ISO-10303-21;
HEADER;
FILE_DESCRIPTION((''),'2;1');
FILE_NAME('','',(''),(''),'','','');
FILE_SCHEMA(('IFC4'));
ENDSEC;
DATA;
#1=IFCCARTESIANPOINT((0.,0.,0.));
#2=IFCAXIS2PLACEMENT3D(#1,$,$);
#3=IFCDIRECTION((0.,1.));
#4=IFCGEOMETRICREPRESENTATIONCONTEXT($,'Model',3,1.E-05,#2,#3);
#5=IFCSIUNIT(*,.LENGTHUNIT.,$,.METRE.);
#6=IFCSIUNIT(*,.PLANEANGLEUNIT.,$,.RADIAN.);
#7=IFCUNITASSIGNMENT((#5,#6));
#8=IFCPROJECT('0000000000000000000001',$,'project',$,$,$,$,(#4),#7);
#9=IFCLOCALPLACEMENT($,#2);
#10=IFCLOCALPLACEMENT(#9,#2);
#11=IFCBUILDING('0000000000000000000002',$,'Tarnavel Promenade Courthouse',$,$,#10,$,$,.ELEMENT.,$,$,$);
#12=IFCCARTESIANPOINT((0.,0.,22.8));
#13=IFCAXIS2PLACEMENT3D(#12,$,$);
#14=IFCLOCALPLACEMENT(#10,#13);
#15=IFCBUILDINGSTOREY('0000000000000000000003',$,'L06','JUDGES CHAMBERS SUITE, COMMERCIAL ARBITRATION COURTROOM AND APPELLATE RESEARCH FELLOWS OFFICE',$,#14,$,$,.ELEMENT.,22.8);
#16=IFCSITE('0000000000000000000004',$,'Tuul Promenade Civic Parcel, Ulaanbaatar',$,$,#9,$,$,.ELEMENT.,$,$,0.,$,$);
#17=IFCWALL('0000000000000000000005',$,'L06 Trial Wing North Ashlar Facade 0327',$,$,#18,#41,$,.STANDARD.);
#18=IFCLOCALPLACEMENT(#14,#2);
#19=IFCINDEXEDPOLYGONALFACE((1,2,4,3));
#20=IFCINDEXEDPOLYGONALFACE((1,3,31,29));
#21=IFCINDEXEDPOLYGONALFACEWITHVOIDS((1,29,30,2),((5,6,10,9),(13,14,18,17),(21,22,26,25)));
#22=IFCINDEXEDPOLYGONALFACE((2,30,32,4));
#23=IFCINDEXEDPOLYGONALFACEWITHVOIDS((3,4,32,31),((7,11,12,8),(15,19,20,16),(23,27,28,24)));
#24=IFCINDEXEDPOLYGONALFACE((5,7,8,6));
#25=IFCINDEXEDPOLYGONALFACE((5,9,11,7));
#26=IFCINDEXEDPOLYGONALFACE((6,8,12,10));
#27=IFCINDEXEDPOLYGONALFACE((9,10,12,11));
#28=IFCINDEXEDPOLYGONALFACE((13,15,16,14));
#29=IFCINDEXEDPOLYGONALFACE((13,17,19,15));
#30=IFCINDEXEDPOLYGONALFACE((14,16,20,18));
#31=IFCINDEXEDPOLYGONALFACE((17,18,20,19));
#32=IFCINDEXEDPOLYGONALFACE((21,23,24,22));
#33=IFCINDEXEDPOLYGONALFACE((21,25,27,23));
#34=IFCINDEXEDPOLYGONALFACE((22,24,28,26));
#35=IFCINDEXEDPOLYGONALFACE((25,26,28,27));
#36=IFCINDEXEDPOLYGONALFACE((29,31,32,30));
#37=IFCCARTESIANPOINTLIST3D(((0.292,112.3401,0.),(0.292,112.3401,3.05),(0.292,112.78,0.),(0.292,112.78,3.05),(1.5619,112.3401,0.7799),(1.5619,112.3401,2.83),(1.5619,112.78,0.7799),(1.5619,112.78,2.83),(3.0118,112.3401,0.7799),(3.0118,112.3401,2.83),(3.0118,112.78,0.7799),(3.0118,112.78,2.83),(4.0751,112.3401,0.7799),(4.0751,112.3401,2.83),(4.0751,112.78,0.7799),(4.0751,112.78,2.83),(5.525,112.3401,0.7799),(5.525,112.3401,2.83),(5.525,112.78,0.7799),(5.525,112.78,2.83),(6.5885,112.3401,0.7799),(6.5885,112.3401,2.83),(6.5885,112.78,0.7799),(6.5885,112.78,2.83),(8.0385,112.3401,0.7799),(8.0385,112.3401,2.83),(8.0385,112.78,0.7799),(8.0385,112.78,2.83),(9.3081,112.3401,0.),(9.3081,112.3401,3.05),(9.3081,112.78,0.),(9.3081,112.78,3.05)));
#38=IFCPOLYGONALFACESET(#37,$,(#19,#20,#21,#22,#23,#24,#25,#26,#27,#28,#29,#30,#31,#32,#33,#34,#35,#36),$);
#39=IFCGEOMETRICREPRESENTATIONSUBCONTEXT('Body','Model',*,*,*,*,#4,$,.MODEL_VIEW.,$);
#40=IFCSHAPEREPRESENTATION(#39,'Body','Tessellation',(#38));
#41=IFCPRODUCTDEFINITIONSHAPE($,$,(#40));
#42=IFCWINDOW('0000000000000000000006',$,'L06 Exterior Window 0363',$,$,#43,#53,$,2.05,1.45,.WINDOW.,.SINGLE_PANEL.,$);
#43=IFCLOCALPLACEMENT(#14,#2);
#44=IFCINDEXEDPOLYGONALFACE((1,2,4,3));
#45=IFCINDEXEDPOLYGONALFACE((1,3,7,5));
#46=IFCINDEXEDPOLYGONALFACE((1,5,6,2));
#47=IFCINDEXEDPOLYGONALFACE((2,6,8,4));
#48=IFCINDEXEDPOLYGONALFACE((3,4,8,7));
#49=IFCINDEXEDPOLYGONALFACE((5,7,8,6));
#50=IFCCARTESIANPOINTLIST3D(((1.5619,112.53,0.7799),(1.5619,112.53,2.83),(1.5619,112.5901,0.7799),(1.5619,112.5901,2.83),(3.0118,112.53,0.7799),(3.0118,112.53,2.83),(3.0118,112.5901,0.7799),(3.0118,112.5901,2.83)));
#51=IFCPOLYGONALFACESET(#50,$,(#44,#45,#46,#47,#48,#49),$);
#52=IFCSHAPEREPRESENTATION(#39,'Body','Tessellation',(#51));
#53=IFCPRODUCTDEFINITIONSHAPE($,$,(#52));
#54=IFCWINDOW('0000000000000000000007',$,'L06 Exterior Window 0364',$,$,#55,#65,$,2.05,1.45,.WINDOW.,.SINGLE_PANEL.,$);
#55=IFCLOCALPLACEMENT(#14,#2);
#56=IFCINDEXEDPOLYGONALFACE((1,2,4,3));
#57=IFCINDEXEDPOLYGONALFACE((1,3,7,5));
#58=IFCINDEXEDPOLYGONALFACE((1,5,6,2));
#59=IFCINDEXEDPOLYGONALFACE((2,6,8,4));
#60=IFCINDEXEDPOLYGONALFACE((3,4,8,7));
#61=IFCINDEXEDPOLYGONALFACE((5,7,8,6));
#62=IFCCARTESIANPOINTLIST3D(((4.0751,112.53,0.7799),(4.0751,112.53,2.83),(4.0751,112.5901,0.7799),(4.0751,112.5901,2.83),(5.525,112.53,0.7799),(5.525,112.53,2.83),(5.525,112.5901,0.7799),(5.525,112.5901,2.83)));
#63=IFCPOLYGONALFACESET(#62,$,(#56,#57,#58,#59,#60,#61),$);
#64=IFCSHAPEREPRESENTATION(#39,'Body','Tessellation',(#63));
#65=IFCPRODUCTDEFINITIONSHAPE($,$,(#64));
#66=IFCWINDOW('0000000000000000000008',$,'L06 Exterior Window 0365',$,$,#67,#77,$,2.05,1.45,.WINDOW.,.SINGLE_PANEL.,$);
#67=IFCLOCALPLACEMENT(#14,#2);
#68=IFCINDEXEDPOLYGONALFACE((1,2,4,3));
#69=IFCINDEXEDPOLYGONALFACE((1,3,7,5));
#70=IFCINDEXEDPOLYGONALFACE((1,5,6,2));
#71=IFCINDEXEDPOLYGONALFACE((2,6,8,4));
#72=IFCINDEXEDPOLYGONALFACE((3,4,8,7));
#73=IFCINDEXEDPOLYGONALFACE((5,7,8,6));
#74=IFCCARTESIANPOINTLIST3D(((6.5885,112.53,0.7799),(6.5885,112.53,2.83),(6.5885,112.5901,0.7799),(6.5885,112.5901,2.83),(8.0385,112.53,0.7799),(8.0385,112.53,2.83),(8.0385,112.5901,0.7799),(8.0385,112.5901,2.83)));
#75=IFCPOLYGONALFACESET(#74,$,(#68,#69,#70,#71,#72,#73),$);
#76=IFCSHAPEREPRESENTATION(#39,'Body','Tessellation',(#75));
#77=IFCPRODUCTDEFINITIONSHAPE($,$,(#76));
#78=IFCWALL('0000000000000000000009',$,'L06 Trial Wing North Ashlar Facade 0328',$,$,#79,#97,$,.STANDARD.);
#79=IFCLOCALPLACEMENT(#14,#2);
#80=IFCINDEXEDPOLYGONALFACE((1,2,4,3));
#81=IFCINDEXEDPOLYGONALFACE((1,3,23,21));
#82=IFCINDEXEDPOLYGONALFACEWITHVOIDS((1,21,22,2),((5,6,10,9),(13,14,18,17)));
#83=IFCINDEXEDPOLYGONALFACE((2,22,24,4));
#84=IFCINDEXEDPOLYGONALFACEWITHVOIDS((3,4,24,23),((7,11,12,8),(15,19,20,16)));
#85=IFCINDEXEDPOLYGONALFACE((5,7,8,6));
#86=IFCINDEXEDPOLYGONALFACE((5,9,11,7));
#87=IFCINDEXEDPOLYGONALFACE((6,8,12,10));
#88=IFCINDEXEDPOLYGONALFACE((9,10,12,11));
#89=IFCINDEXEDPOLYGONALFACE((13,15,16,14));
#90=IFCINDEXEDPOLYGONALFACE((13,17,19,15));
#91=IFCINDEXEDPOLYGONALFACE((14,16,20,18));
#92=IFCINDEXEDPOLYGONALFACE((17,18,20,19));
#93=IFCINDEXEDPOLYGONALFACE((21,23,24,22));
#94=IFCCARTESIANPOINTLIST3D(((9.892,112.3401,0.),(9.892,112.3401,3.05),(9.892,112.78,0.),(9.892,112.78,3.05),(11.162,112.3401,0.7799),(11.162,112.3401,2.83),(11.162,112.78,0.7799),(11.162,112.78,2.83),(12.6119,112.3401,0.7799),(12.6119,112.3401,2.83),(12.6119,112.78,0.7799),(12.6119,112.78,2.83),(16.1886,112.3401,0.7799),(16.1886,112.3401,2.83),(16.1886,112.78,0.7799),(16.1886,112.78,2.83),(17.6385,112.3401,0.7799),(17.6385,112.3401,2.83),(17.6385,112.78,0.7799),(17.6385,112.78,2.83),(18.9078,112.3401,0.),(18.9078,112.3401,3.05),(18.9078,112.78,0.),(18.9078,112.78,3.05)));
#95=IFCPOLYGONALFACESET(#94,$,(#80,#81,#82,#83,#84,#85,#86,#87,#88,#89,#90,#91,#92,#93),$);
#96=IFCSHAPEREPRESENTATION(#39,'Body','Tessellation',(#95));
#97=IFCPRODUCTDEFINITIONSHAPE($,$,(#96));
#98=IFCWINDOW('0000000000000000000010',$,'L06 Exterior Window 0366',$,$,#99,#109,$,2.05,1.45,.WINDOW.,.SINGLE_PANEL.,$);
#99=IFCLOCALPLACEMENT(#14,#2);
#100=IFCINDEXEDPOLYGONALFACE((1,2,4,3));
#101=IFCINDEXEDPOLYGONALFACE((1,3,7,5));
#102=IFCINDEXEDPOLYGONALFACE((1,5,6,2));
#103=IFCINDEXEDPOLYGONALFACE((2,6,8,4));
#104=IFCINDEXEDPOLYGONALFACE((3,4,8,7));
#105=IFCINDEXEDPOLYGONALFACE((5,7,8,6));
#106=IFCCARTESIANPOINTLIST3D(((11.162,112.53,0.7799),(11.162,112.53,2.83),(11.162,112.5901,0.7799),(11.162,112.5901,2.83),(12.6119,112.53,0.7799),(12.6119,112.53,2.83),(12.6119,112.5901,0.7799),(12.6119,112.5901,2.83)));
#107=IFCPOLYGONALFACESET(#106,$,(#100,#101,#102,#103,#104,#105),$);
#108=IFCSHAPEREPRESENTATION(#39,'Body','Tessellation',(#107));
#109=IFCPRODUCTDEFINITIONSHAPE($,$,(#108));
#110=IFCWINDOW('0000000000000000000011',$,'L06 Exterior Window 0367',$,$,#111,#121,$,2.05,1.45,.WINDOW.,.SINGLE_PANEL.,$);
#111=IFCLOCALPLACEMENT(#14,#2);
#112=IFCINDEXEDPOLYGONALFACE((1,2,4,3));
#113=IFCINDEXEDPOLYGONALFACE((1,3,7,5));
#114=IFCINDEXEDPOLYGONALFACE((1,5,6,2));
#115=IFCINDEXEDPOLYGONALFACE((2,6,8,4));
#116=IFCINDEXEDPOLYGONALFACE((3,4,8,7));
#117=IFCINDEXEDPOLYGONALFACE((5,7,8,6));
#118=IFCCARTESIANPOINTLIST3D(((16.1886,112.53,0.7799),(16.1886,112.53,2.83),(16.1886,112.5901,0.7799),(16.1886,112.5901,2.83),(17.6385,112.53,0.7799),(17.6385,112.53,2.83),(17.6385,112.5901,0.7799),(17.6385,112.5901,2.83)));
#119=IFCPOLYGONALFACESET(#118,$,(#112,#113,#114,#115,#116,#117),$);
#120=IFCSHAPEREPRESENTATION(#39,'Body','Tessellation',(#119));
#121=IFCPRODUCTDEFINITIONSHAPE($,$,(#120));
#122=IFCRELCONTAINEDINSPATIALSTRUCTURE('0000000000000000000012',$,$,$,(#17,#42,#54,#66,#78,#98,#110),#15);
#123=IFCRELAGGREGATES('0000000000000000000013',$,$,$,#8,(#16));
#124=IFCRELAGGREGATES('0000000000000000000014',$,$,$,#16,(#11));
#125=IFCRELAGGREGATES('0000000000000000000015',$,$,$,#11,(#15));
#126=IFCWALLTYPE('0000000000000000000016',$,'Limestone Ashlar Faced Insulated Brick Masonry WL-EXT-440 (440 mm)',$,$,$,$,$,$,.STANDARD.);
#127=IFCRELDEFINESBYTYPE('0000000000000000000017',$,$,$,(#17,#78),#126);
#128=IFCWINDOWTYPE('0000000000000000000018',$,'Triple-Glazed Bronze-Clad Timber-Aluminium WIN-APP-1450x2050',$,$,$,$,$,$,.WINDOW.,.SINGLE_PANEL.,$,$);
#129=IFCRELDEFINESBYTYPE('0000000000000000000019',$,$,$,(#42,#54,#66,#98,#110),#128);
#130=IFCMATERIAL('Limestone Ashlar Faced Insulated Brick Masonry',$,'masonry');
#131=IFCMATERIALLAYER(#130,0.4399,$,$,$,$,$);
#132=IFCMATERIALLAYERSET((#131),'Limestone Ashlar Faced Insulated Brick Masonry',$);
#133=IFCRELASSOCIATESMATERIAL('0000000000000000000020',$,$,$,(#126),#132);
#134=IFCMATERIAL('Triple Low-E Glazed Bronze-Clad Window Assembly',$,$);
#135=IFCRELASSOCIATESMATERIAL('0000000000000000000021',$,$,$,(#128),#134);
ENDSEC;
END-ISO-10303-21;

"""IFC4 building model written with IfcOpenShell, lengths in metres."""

from ifc_helpers import new_model, si_unit, direction, frame, frame_2d, origin, place, context, subcontext, project, spatial, rectangle, extrude, material, layer, layer_set, type_object, element, fill, save


model = new_model("IFC4")

# Units and contexts
model_context = context("Model", 3, precision=1e-05, world=origin(), true_north=direction((0.0, 1.0)))
body_context = subcontext(model_context, "Body", "Model", "MODEL_VIEW")
ifc_project = project(units=[si_unit("LENGTHUNIT", "METRE"), si_unit("PLANEANGLEUNIT", "RADIAN")], contexts=[model_context])

# Site, building, storey
site_placement = place(None, origin())
site = spatial("IfcSite", under=ifc_project, at=site_placement, Name="Tuul Promenade Civic Parcel, Ulaanbaatar", CompositionType="ELEMENT", RefElevation=0.0)
building_placement = place(site_placement, origin())
building = spatial("IfcBuilding", under=site, at=building_placement, Name="Tarnavel Promenade Courthouse", CompositionType="ELEMENT")
storey_placement = place(building_placement, frame((0.0, 0.0, 22.8)))
storey = spatial("IfcBuildingStorey", under=building, at=storey_placement, Name="L06", Description="JUDGES CHAMBERS SUITE, COMMERCIAL ARBITRATION COURTROOM AND APPELLATE RESEARCH FELLOWS OFFICE", CompositionType="ELEMENT", Elevation=22.8)

# Walls, openings, windows
ifc_material_1 = material(Name="Limestone Ashlar Faced Insulated Brick Masonry", Category="masonry")
ifc_layer_1 = layer(ifc_material_1, 0.4399)
ifc_layer_set_1 = layer_set([ifc_layer_1], Name="Limestone Ashlar Faced Insulated Brick Masonry")
wall_type_1 = type_object("IfcWallType", Name="Limestone Ashlar Faced Insulated Brick Masonry WL-EXT-440 (440 mm)", PredefinedType="STANDARD", material=ifc_layer_set_1)
wall_1_placement = place(storey_placement, frame((0.292, 112.5601, 0.0), z_axis=(0.0, 0.0, 1.0), x_axis=(1.0, 0.0, 0.0)))
wall_1 = element("IfcWall", 1, at=wall_1_placement, inside=storey, type_object=wall_type_1, Name="L06 Trial Wing North Ashlar Facade 0327", PredefinedType="STANDARD", context=body_context, shape_type="SweptSolid", body=[
    extrude(rectangle(XDim=9.0161, YDim=0.4399, at=frame_2d((4.5081, 0.0))), origin(), (0.0, 0.0, 1.0), 3.05),
])
opening_1_placement = place(wall_1_placement, frame((1.2698, 0.0, 0.78)))
opening_1 = element("IfcOpeningElement", 2, at=opening_1_placement, cuts=wall_1, PredefinedType="OPENING", context=body_context, shape_type="SweptSolid", body=[
    extrude(rectangle(XDim=1.45, YDim=2.05, at=frame_2d((0.7251, 1.0249))), frame((0.0, 0.23, 0.0), z_axis=(0.0, -1.0, 0.0), x_axis=(1.0, 0.0, 0.0)), (0.0, 0.0, 1.0), 0.46),
])
opening_2_placement = place(wall_1_placement, frame((3.783, 0.0, 0.78)))
opening_2 = element("IfcOpeningElement", 3, at=opening_2_placement, cuts=wall_1, PredefinedType="OPENING", context=body_context, shape_type="SweptSolid", body=[
    extrude(rectangle(XDim=1.45, YDim=2.05, at=frame_2d((0.7251, 1.0249))), frame((0.0, 0.23, 0.0), z_axis=(0.0, -1.0, 0.0), x_axis=(1.0, 0.0, 0.0)), (0.0, 0.0, 1.0), 0.46),
])
opening_3_placement = place(wall_1_placement, frame((6.2964, 0.0, 0.78)))
opening_3 = element("IfcOpeningElement", 4, at=opening_3_placement, cuts=wall_1, PredefinedType="OPENING", context=body_context, shape_type="SweptSolid", body=[
    extrude(rectangle(XDim=1.45, YDim=2.05, at=frame_2d((0.7251, 1.0249))), frame((0.0, 0.23, 0.0), z_axis=(0.0, -1.0, 0.0), x_axis=(1.0, 0.0, 0.0)), (0.0, 0.0, 1.0), 0.46),
])
ifc_material_2 = material(Name="Triple Low-E Glazed Bronze-Clad Window Assembly")
window_type = type_object("IfcWindowType", Name="Triple-Glazed Bronze-Clad Timber-Aluminium WIN-APP-1450x2050", PartitioningType="SINGLE_PANEL", PredefinedType="WINDOW", material=ifc_material_2)
window_1_placement = place(opening_1_placement, origin())
window_1 = element("IfcWindow", 5, at=window_1_placement, inside=storey, type_object=window_type, Name="L06 Exterior Window 0363", OverallHeight=2.05, OverallWidth=1.45, PartitioningType="SINGLE_PANEL", PredefinedType="WINDOW", context=body_context, shape_type="SweptSolid", body=[
    extrude(rectangle(XDim=1.45, YDim=2.05, at=frame_2d((0.7251, 1.0249))), frame((0.0, 0.03, 0.0), z_axis=(0.0, -1.0, 0.0), x_axis=(1.0, 0.0, 0.0)), (0.0, 0.0, 1.0), 0.0601),
])
fill(opening_1, window_1)
window_2_placement = place(opening_2_placement, origin())
window_2 = element("IfcWindow", 6, at=window_2_placement, inside=storey, type_object=window_type, Name="L06 Exterior Window 0364", OverallHeight=2.05, OverallWidth=1.45, PartitioningType="SINGLE_PANEL", PredefinedType="WINDOW", context=body_context, shape_type="SweptSolid", body=[
    extrude(rectangle(XDim=1.45, YDim=2.05, at=frame_2d((0.7251, 1.0249))), frame((0.0, 0.03, 0.0), z_axis=(0.0, -1.0, 0.0), x_axis=(1.0, 0.0, 0.0)), (0.0, 0.0, 1.0), 0.0601),
])
fill(opening_2, window_2)
window_3_placement = place(opening_3_placement, origin())
window_3 = element("IfcWindow", 7, at=window_3_placement, inside=storey, type_object=window_type, Name="L06 Exterior Window 0365", OverallHeight=2.05, OverallWidth=1.45, PartitioningType="SINGLE_PANEL", PredefinedType="WINDOW", context=body_context, shape_type="SweptSolid", body=[
    extrude(rectangle(XDim=1.45, YDim=2.05, at=frame_2d((0.7251, 1.0249))), frame((0.0, 0.03, 0.0), z_axis=(0.0, -1.0, 0.0), x_axis=(1.0, 0.0, 0.0)), (0.0, 0.0, 1.0), 0.0601),
])
fill(opening_3, window_3)
wall_2_placement = place(storey_placement, frame((9.8921, 112.5601, 0.0), z_axis=(0.0, 0.0, 1.0), x_axis=(1.0, 0.0, 0.0)))
wall_2 = element("IfcWall", 8, at=wall_2_placement, inside=storey, type_object=wall_type_1, Name="L06 Trial Wing North Ashlar Facade 0328", PredefinedType="STANDARD", context=body_context, shape_type="SweptSolid", body=[
    extrude(rectangle(XDim=9.0159, YDim=0.4399, at=frame_2d((4.5078, 0.0))), origin(), (0.0, 0.0, 1.0), 3.05),
])
opening_4_placement = place(wall_2_placement, frame((1.2698, 0.0, 0.78)))
opening_4 = element("IfcOpeningElement", 9, at=opening_4_placement, cuts=wall_2, PredefinedType="OPENING", context=body_context, shape_type="SweptSolid", body=[
    extrude(rectangle(XDim=1.45, YDim=2.05, at=frame_2d((0.7251, 1.0249))), frame((0.0, 0.23, 0.0), z_axis=(0.0, -1.0, 0.0), x_axis=(1.0, 0.0, 0.0)), (0.0, 0.0, 1.0), 0.46),
])
opening_5_placement = place(wall_2_placement, frame((6.2964, 0.0, 0.78)))
opening_5 = element("IfcOpeningElement", 10, at=opening_5_placement, cuts=wall_2, PredefinedType="OPENING", context=body_context, shape_type="SweptSolid", body=[
    extrude(rectangle(XDim=1.45, YDim=2.05, at=frame_2d((0.7251, 1.0249))), frame((0.0, 0.23, 0.0), z_axis=(0.0, -1.0, 0.0), x_axis=(1.0, 0.0, 0.0)), (0.0, 0.0, 1.0), 0.46),
])
window_4_placement = place(opening_4_placement, origin())
window_4 = element("IfcWindow", 11, at=window_4_placement, inside=storey, type_object=window_type, Name="L06 Exterior Window 0366", OverallHeight=2.05, OverallWidth=1.45, PartitioningType="SINGLE_PANEL", PredefinedType="WINDOW", context=body_context, shape_type="SweptSolid", body=[
    extrude(rectangle(XDim=1.45, YDim=2.05, at=frame_2d((0.7251, 1.0249))), frame((0.0, 0.03, 0.0), z_axis=(0.0, -1.0, 0.0), x_axis=(1.0, 0.0, 0.0)), (0.0, 0.0, 1.0), 0.0601),
])
fill(opening_4, window_4)
window_5_placement = place(opening_5_placement, origin())
window_5 = element("IfcWindow", 12, at=window_5_placement, inside=storey, type_object=window_type, Name="L06 Exterior Window 0367", OverallHeight=2.05, OverallWidth=1.45, PartitioningType="SINGLE_PANEL", PredefinedType="WINDOW", context=body_context, shape_type="SweptSolid", body=[
    extrude(rectangle(XDim=1.45, YDim=2.05, at=frame_2d((0.7251, 1.0249))), frame((0.0, 0.03, 0.0), z_axis=(0.0, -1.0, 0.0), x_axis=(1.0, 0.0, 0.0)), (0.0, 0.0, 1.0), 0.0601),
])
fill(opening_5, window_5)

save(model, "model.ifc")
